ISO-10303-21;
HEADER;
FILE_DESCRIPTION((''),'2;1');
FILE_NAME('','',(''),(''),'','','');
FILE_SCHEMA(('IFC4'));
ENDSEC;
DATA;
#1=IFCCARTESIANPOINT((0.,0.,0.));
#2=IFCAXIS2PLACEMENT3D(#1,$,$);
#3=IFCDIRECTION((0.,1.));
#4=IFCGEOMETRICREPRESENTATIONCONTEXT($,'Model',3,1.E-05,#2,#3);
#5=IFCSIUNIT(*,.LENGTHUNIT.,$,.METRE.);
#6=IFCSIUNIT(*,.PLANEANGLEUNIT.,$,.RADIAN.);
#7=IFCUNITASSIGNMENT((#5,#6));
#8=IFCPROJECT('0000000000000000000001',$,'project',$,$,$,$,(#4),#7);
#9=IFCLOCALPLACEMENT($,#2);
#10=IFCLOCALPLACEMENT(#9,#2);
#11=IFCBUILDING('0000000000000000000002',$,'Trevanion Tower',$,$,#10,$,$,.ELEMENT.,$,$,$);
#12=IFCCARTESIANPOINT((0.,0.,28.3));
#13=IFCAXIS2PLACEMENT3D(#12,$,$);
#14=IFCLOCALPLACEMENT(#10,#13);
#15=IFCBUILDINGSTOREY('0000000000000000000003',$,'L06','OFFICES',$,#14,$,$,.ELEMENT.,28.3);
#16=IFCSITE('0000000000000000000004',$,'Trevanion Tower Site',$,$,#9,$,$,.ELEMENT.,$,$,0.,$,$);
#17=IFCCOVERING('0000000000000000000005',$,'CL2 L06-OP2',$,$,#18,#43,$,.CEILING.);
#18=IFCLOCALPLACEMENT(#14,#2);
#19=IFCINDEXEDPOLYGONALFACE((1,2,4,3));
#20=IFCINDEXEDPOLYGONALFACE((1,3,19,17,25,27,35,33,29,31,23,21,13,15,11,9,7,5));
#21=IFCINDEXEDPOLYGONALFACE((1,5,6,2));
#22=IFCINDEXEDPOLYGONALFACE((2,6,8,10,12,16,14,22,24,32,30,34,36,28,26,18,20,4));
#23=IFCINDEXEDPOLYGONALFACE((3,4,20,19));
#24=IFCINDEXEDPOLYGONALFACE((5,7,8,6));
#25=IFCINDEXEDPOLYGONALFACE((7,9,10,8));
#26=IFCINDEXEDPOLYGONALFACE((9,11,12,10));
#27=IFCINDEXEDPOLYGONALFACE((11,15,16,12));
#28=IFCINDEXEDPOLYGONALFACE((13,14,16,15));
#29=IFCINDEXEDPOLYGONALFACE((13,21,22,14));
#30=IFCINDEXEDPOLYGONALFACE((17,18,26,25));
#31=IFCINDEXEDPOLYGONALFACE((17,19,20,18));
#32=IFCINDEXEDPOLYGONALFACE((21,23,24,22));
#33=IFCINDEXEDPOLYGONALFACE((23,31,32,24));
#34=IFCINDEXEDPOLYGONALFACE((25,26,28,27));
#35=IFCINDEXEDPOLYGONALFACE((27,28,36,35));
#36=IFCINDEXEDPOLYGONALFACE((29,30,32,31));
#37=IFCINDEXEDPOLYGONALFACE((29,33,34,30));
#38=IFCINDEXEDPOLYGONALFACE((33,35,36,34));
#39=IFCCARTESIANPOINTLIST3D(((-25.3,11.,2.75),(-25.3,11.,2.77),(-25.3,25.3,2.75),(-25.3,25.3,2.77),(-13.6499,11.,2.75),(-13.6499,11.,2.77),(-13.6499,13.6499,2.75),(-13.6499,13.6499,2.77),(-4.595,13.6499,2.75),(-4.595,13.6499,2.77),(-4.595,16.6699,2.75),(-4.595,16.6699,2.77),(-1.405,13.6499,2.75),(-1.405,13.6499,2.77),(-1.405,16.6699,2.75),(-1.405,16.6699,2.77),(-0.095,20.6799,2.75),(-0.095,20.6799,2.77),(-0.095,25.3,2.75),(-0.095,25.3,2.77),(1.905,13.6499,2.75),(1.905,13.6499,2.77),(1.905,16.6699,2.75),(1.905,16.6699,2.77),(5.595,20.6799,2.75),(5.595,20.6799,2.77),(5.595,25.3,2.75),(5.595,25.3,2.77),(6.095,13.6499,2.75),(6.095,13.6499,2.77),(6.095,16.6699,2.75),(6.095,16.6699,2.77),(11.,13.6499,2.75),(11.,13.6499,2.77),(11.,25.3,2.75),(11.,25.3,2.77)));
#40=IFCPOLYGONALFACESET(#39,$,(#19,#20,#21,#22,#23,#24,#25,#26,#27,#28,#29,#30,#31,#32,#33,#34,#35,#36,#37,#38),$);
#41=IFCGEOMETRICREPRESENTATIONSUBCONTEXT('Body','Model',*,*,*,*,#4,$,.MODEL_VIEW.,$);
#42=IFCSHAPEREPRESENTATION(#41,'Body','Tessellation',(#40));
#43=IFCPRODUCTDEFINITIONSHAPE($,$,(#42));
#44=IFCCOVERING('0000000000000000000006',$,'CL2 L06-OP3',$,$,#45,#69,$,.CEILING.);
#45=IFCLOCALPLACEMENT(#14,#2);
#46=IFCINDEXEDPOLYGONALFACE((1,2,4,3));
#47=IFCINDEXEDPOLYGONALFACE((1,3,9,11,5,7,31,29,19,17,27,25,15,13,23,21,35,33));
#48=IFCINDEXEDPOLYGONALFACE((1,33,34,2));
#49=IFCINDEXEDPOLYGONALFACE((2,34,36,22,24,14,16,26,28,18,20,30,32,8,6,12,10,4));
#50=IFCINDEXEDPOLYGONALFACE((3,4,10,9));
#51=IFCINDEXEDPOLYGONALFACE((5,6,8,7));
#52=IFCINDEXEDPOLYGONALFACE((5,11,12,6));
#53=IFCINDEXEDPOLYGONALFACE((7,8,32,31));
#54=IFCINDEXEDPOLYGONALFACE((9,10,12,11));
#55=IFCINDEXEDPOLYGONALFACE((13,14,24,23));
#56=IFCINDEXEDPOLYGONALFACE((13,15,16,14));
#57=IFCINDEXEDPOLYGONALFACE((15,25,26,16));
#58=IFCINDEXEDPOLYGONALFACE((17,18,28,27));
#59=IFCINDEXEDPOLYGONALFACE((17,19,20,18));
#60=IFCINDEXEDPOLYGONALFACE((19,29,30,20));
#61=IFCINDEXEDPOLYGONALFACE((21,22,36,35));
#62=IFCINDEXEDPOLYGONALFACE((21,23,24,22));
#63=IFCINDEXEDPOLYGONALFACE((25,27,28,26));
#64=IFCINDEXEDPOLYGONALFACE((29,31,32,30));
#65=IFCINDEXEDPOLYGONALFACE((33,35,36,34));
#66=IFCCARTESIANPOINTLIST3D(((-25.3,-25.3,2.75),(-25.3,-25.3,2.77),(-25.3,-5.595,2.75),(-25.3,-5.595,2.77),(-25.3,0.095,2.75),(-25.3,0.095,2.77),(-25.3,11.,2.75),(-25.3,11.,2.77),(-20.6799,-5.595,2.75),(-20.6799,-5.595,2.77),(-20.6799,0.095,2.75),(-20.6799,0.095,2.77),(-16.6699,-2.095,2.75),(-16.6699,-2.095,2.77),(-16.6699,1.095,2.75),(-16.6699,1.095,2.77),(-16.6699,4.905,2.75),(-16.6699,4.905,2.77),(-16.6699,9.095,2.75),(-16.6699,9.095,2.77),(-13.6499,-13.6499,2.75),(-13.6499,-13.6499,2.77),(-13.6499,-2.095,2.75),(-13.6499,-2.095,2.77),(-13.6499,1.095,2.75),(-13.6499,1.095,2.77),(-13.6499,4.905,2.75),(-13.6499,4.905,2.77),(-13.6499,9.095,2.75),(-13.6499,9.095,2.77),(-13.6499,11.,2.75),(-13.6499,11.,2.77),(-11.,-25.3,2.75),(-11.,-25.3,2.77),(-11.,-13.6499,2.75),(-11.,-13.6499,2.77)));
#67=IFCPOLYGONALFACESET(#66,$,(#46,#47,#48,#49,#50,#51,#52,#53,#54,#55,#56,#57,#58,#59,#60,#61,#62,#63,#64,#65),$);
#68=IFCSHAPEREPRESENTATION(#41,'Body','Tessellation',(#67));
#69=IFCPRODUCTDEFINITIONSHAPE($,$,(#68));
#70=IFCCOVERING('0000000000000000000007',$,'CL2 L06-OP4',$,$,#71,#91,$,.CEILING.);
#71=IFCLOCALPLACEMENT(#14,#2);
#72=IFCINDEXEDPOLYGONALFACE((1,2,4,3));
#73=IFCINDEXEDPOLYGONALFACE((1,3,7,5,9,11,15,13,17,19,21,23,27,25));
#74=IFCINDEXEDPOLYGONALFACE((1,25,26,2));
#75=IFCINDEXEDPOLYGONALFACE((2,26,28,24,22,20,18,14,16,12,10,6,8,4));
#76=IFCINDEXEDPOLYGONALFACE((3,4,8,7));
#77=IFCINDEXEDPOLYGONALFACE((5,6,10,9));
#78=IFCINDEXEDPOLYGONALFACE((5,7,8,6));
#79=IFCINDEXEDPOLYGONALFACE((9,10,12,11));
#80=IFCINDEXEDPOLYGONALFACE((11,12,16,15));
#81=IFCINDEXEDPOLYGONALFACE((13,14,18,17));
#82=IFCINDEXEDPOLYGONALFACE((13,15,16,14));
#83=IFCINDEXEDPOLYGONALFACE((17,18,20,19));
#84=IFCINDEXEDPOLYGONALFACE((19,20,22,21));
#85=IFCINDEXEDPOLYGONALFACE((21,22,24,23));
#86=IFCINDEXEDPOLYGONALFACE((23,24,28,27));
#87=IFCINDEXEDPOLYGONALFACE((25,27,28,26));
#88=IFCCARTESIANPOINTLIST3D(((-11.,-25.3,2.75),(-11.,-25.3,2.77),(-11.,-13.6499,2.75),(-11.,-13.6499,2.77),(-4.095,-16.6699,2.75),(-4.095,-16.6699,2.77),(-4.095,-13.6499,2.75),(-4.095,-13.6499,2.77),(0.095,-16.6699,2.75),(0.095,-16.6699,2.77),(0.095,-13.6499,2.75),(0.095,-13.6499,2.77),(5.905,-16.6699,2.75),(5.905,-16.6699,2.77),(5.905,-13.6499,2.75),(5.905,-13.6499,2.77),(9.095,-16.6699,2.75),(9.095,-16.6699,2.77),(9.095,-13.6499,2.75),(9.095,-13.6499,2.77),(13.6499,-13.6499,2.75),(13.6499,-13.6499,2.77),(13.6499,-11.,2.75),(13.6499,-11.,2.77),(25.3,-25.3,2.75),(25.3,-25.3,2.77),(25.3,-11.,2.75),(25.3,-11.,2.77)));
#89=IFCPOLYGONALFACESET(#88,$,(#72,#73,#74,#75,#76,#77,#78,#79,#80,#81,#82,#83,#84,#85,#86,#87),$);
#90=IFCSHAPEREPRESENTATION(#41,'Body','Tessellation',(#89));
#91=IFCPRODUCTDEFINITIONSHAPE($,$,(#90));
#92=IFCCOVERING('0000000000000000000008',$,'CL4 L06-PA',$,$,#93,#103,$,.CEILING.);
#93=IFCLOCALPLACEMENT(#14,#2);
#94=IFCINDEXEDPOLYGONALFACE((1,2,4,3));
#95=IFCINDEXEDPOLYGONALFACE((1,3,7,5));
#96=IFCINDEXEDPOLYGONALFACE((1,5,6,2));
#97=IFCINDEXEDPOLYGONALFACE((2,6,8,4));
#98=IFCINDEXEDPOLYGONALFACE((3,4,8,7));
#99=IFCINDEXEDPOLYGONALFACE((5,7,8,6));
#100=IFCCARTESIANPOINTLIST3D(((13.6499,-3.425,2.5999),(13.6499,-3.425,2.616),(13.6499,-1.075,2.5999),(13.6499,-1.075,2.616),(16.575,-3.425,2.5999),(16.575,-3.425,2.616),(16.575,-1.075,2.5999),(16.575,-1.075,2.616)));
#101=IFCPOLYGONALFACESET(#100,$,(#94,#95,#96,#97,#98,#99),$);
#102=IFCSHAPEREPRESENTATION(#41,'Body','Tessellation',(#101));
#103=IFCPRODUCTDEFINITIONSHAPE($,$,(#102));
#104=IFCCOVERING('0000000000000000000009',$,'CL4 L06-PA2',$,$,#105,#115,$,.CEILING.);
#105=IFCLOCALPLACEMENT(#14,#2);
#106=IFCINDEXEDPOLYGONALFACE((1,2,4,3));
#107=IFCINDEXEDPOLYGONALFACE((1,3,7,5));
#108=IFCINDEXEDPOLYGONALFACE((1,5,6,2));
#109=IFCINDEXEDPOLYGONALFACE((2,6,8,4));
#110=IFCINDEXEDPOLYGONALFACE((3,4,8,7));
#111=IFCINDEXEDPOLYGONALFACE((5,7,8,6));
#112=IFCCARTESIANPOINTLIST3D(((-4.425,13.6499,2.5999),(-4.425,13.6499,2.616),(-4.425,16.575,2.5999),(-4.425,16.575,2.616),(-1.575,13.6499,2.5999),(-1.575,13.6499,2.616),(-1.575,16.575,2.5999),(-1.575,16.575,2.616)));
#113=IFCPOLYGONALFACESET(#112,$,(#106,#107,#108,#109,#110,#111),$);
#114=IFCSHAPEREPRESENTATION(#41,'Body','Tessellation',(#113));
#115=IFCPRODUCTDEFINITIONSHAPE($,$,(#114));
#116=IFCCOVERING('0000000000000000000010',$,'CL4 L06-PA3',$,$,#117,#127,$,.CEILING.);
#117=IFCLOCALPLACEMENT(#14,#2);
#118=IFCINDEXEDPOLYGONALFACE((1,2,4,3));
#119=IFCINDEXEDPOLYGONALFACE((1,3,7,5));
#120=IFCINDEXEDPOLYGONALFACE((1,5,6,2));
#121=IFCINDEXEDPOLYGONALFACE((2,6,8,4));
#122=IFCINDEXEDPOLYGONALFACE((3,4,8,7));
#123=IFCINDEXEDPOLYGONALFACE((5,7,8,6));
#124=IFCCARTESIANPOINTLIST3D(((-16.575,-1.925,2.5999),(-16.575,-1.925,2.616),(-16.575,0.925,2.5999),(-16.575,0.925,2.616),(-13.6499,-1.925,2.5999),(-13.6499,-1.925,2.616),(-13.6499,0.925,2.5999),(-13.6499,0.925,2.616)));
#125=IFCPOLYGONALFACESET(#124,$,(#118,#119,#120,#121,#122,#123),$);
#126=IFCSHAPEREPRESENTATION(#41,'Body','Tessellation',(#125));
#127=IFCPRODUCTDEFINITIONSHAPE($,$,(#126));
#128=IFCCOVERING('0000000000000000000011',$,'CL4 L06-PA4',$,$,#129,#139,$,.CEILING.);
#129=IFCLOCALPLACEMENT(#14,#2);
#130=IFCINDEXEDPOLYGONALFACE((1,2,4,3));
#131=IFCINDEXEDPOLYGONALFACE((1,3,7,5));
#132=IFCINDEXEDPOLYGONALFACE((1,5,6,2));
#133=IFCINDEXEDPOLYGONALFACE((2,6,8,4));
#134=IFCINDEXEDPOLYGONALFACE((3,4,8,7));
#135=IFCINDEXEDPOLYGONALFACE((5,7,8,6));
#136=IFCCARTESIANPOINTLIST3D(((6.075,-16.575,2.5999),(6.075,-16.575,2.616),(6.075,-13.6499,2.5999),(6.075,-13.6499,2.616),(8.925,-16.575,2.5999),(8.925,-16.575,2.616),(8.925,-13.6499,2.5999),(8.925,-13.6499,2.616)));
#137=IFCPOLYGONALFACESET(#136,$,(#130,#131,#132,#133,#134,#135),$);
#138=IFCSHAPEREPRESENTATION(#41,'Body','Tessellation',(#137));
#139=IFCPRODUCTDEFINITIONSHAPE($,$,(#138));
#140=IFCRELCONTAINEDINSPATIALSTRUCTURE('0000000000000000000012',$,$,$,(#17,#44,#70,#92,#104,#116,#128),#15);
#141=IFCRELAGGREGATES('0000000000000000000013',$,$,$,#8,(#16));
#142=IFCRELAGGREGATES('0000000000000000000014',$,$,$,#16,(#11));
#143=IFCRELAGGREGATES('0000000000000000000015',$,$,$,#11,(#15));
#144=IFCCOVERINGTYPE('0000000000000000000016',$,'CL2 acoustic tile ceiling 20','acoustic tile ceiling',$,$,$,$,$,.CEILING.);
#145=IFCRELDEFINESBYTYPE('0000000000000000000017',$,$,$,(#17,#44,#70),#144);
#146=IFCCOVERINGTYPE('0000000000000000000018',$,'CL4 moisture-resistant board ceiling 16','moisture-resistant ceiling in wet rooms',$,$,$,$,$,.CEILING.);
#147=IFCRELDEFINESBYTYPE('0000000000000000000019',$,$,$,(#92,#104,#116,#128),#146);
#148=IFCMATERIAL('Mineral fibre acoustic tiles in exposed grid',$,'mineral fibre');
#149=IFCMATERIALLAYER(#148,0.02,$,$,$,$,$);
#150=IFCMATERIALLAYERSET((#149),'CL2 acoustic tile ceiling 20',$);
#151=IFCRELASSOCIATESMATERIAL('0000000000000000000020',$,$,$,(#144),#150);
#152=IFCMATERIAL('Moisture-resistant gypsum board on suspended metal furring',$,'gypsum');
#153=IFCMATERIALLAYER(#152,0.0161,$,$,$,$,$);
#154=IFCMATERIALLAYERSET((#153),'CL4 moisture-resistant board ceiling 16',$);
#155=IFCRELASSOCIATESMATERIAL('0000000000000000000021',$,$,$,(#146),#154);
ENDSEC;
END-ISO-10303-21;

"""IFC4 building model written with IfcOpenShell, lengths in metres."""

from ifc_helpers import new_model, si_unit, direction, frame, origin, place, context, subcontext, project, spatial, polyline, outline, extrude, material, layer, layer_set, type_object, element, save


model = new_model("IFC4")

# Units and contexts
model_context = context("Model", 3, precision=1e-05, world=origin(), true_north=direction((0.0, 1.0)))
body_context = subcontext(model_context, "Body", "Model", "MODEL_VIEW")
ifc_project = project(units=[si_unit("LENGTHUNIT", "METRE"), si_unit("PLANEANGLEUNIT", "RADIAN")], contexts=[model_context])

# Site, building, storey
site_placement = place(None, origin())
site = spatial("IfcSite", under=ifc_project, at=site_placement, Name="Trevanion Tower Site", CompositionType="ELEMENT", RefElevation=0.0)
building_placement = place(site_placement, origin())
building = spatial("IfcBuilding", under=site, at=building_placement, Name="Trevanion Tower", CompositionType="ELEMENT")
storey_placement = place(building_placement, frame((0.0, 0.0, 28.3)))
storey = spatial("IfcBuildingStorey", under=building, at=storey_placement, Name="L06", Description="OFFICES", CompositionType="ELEMENT", Elevation=28.3)

# Coverings
ifc_material_1 = material(Name="Mineral fibre acoustic tiles in exposed grid", Category="mineral fibre")
ifc_layer_1 = layer(ifc_material_1, 0.02)
ifc_layer_set_1 = layer_set([ifc_layer_1], Name="CL2 acoustic tile ceiling 20")
covering_type_1 = type_object("IfcCoveringType", Name="CL2 acoustic tile ceiling 20", Description="acoustic tile ceiling", PredefinedType="CEILING", material=ifc_layer_set_1)
covering_1_placement = place(storey_placement, frame((0.0, 0.0, 2.75)))
element("IfcCovering", 1, at=covering_1_placement, inside=storey, type_object=covering_type_1, Name="CL2 L06-OP2", PredefinedType="CEILING", context=body_context, shape_type="SweptSolid", body=[
    extrude(outline(polyline([(6.095, 13.6499), (6.095, 16.6699), (1.905, 16.6699), (1.905, 13.6499), (-1.405, 13.6499), (-1.405, 16.6699), (-4.595, 16.6699), (-4.595, 13.6499), (-13.6499, 13.6499), (-13.6499, 11.0), (-25.3, 11.0), (-25.3, 25.3), (-0.095, 25.3), (-0.095, 20.6799), (5.595, 20.6799), (5.595, 25.3), (11.0, 25.3), (11.0, 13.6499), (6.095, 13.6499)])), origin(), (0.0, 0.0, 1.0), 0.02),
])
covering_2_placement = place(storey_placement, frame((0.0, 0.0, 2.75)))
element("IfcCovering", 2, at=covering_2_placement, inside=storey, type_object=covering_type_1, Name="CL2 L06-OP3", PredefinedType="CEILING", context=body_context, shape_type="SweptSolid", body=[
    extrude(outline(polyline([(-13.6499, 9.095), (-16.6699, 9.095), (-16.6699, 4.905), (-13.6499, 4.905), (-13.6499, 1.095), (-16.6699, 1.095), (-16.6699, -2.095), (-13.6499, -2.095), (-13.6499, -13.6499), (-11.0, -13.6499), (-11.0, -25.3), (-25.3, -25.3), (-25.3, -5.595), (-20.6799, -5.595), (-20.6799, 0.095), (-25.3, 0.095), (-25.3, 11.0), (-13.6499, 11.0), (-13.6499, 9.095)])), origin(), (0.0, 0.0, 1.0), 0.02),
])
covering_3_placement = place(storey_placement, frame((0.0, 0.0, 2.75)))
element("IfcCovering", 3, at=covering_3_placement, inside=storey, type_object=covering_type_1, Name="CL2 L06-OP4", PredefinedType="CEILING", context=body_context, shape_type="SweptSolid", body=[
    extrude(outline(polyline([(-4.095, -13.6499), (-4.095, -16.6699), (0.095, -16.6699), (0.095, -13.6499), (5.905, -13.6499), (5.905, -16.6699), (9.095, -16.6699), (9.095, -13.6499), (13.6499, -13.6499), (13.6499, -11.0), (25.3, -11.0), (25.3, -25.3), (-11.0, -25.3), (-11.0, -13.6499), (-4.095, -13.6499)])), origin(), (0.0, 0.0, 1.0), 0.02),
])
ifc_material_2 = material(Name="Moisture-resistant gypsum board on suspended metal furring", Category="gypsum")
ifc_layer_2 = layer(ifc_material_2, 0.0161)
ifc_layer_set_2 = layer_set([ifc_layer_2], Name="CL4 moisture-resistant board ceiling 16")
covering_type_2 = type_object("IfcCoveringType", Name="CL4 moisture-resistant board ceiling 16", Description="moisture-resistant ceiling in wet rooms", PredefinedType="CEILING", material=ifc_layer_set_2)
covering_4_placement = place(storey_placement, frame((0.0, 0.0, 2.5999)))
element("IfcCovering", 4, at=covering_4_placement, inside=storey, type_object=covering_type_2, Name="CL4 L06-PA", PredefinedType="CEILING", context=body_context, shape_type="SweptSolid", body=[
    extrude(outline(polyline([(13.6499, -3.425), (13.6499, -1.075), (16.575, -1.075), (16.575, -3.425), (13.6499, -3.425)])), origin(), (0.0, 0.0, 1.0), 0.0161),
])
covering_5_placement = place(storey_placement, frame((0.0, 0.0, 2.5999)))
element("IfcCovering", 5, at=covering_5_placement, inside=storey, type_object=covering_type_2, Name="CL4 L06-PA2", PredefinedType="CEILING", context=body_context, shape_type="SweptSolid", body=[
    extrude(outline(polyline([(-1.575, 13.6499), (-4.425, 13.6499), (-4.425, 16.575), (-1.575, 16.575), (-1.575, 13.6499)])), origin(), (0.0, 0.0, 1.0), 0.0161),
])
covering_6_placement = place(storey_placement, frame((0.0, 0.0, 2.5999)))
element("IfcCovering", 6, at=covering_6_placement, inside=storey, type_object=covering_type_2, Name="CL4 L06-PA3", PredefinedType="CEILING", context=body_context, shape_type="SweptSolid", body=[
    extrude(outline(polyline([(-13.6499, 0.925), (-13.6499, -1.925), (-16.575, -1.925), (-16.575, 0.925), (-13.6499, 0.925)])), origin(), (0.0, 0.0, 1.0), 0.0161),
])
covering_7_placement = place(storey_placement, frame((0.0, 0.0, 2.5999)))
element("IfcCovering", 7, at=covering_7_placement, inside=storey, type_object=covering_type_2, Name="CL4 L06-PA4", PredefinedType="CEILING", context=body_context, shape_type="SweptSolid", body=[
    extrude(outline(polyline([(6.075, -13.6499), (8.925, -13.6499), (8.925, -16.575), (6.075, -16.575), (6.075, -13.6499)])), origin(), (0.0, 0.0, 1.0), 0.0161),
])

save(model, "model.ifc")
